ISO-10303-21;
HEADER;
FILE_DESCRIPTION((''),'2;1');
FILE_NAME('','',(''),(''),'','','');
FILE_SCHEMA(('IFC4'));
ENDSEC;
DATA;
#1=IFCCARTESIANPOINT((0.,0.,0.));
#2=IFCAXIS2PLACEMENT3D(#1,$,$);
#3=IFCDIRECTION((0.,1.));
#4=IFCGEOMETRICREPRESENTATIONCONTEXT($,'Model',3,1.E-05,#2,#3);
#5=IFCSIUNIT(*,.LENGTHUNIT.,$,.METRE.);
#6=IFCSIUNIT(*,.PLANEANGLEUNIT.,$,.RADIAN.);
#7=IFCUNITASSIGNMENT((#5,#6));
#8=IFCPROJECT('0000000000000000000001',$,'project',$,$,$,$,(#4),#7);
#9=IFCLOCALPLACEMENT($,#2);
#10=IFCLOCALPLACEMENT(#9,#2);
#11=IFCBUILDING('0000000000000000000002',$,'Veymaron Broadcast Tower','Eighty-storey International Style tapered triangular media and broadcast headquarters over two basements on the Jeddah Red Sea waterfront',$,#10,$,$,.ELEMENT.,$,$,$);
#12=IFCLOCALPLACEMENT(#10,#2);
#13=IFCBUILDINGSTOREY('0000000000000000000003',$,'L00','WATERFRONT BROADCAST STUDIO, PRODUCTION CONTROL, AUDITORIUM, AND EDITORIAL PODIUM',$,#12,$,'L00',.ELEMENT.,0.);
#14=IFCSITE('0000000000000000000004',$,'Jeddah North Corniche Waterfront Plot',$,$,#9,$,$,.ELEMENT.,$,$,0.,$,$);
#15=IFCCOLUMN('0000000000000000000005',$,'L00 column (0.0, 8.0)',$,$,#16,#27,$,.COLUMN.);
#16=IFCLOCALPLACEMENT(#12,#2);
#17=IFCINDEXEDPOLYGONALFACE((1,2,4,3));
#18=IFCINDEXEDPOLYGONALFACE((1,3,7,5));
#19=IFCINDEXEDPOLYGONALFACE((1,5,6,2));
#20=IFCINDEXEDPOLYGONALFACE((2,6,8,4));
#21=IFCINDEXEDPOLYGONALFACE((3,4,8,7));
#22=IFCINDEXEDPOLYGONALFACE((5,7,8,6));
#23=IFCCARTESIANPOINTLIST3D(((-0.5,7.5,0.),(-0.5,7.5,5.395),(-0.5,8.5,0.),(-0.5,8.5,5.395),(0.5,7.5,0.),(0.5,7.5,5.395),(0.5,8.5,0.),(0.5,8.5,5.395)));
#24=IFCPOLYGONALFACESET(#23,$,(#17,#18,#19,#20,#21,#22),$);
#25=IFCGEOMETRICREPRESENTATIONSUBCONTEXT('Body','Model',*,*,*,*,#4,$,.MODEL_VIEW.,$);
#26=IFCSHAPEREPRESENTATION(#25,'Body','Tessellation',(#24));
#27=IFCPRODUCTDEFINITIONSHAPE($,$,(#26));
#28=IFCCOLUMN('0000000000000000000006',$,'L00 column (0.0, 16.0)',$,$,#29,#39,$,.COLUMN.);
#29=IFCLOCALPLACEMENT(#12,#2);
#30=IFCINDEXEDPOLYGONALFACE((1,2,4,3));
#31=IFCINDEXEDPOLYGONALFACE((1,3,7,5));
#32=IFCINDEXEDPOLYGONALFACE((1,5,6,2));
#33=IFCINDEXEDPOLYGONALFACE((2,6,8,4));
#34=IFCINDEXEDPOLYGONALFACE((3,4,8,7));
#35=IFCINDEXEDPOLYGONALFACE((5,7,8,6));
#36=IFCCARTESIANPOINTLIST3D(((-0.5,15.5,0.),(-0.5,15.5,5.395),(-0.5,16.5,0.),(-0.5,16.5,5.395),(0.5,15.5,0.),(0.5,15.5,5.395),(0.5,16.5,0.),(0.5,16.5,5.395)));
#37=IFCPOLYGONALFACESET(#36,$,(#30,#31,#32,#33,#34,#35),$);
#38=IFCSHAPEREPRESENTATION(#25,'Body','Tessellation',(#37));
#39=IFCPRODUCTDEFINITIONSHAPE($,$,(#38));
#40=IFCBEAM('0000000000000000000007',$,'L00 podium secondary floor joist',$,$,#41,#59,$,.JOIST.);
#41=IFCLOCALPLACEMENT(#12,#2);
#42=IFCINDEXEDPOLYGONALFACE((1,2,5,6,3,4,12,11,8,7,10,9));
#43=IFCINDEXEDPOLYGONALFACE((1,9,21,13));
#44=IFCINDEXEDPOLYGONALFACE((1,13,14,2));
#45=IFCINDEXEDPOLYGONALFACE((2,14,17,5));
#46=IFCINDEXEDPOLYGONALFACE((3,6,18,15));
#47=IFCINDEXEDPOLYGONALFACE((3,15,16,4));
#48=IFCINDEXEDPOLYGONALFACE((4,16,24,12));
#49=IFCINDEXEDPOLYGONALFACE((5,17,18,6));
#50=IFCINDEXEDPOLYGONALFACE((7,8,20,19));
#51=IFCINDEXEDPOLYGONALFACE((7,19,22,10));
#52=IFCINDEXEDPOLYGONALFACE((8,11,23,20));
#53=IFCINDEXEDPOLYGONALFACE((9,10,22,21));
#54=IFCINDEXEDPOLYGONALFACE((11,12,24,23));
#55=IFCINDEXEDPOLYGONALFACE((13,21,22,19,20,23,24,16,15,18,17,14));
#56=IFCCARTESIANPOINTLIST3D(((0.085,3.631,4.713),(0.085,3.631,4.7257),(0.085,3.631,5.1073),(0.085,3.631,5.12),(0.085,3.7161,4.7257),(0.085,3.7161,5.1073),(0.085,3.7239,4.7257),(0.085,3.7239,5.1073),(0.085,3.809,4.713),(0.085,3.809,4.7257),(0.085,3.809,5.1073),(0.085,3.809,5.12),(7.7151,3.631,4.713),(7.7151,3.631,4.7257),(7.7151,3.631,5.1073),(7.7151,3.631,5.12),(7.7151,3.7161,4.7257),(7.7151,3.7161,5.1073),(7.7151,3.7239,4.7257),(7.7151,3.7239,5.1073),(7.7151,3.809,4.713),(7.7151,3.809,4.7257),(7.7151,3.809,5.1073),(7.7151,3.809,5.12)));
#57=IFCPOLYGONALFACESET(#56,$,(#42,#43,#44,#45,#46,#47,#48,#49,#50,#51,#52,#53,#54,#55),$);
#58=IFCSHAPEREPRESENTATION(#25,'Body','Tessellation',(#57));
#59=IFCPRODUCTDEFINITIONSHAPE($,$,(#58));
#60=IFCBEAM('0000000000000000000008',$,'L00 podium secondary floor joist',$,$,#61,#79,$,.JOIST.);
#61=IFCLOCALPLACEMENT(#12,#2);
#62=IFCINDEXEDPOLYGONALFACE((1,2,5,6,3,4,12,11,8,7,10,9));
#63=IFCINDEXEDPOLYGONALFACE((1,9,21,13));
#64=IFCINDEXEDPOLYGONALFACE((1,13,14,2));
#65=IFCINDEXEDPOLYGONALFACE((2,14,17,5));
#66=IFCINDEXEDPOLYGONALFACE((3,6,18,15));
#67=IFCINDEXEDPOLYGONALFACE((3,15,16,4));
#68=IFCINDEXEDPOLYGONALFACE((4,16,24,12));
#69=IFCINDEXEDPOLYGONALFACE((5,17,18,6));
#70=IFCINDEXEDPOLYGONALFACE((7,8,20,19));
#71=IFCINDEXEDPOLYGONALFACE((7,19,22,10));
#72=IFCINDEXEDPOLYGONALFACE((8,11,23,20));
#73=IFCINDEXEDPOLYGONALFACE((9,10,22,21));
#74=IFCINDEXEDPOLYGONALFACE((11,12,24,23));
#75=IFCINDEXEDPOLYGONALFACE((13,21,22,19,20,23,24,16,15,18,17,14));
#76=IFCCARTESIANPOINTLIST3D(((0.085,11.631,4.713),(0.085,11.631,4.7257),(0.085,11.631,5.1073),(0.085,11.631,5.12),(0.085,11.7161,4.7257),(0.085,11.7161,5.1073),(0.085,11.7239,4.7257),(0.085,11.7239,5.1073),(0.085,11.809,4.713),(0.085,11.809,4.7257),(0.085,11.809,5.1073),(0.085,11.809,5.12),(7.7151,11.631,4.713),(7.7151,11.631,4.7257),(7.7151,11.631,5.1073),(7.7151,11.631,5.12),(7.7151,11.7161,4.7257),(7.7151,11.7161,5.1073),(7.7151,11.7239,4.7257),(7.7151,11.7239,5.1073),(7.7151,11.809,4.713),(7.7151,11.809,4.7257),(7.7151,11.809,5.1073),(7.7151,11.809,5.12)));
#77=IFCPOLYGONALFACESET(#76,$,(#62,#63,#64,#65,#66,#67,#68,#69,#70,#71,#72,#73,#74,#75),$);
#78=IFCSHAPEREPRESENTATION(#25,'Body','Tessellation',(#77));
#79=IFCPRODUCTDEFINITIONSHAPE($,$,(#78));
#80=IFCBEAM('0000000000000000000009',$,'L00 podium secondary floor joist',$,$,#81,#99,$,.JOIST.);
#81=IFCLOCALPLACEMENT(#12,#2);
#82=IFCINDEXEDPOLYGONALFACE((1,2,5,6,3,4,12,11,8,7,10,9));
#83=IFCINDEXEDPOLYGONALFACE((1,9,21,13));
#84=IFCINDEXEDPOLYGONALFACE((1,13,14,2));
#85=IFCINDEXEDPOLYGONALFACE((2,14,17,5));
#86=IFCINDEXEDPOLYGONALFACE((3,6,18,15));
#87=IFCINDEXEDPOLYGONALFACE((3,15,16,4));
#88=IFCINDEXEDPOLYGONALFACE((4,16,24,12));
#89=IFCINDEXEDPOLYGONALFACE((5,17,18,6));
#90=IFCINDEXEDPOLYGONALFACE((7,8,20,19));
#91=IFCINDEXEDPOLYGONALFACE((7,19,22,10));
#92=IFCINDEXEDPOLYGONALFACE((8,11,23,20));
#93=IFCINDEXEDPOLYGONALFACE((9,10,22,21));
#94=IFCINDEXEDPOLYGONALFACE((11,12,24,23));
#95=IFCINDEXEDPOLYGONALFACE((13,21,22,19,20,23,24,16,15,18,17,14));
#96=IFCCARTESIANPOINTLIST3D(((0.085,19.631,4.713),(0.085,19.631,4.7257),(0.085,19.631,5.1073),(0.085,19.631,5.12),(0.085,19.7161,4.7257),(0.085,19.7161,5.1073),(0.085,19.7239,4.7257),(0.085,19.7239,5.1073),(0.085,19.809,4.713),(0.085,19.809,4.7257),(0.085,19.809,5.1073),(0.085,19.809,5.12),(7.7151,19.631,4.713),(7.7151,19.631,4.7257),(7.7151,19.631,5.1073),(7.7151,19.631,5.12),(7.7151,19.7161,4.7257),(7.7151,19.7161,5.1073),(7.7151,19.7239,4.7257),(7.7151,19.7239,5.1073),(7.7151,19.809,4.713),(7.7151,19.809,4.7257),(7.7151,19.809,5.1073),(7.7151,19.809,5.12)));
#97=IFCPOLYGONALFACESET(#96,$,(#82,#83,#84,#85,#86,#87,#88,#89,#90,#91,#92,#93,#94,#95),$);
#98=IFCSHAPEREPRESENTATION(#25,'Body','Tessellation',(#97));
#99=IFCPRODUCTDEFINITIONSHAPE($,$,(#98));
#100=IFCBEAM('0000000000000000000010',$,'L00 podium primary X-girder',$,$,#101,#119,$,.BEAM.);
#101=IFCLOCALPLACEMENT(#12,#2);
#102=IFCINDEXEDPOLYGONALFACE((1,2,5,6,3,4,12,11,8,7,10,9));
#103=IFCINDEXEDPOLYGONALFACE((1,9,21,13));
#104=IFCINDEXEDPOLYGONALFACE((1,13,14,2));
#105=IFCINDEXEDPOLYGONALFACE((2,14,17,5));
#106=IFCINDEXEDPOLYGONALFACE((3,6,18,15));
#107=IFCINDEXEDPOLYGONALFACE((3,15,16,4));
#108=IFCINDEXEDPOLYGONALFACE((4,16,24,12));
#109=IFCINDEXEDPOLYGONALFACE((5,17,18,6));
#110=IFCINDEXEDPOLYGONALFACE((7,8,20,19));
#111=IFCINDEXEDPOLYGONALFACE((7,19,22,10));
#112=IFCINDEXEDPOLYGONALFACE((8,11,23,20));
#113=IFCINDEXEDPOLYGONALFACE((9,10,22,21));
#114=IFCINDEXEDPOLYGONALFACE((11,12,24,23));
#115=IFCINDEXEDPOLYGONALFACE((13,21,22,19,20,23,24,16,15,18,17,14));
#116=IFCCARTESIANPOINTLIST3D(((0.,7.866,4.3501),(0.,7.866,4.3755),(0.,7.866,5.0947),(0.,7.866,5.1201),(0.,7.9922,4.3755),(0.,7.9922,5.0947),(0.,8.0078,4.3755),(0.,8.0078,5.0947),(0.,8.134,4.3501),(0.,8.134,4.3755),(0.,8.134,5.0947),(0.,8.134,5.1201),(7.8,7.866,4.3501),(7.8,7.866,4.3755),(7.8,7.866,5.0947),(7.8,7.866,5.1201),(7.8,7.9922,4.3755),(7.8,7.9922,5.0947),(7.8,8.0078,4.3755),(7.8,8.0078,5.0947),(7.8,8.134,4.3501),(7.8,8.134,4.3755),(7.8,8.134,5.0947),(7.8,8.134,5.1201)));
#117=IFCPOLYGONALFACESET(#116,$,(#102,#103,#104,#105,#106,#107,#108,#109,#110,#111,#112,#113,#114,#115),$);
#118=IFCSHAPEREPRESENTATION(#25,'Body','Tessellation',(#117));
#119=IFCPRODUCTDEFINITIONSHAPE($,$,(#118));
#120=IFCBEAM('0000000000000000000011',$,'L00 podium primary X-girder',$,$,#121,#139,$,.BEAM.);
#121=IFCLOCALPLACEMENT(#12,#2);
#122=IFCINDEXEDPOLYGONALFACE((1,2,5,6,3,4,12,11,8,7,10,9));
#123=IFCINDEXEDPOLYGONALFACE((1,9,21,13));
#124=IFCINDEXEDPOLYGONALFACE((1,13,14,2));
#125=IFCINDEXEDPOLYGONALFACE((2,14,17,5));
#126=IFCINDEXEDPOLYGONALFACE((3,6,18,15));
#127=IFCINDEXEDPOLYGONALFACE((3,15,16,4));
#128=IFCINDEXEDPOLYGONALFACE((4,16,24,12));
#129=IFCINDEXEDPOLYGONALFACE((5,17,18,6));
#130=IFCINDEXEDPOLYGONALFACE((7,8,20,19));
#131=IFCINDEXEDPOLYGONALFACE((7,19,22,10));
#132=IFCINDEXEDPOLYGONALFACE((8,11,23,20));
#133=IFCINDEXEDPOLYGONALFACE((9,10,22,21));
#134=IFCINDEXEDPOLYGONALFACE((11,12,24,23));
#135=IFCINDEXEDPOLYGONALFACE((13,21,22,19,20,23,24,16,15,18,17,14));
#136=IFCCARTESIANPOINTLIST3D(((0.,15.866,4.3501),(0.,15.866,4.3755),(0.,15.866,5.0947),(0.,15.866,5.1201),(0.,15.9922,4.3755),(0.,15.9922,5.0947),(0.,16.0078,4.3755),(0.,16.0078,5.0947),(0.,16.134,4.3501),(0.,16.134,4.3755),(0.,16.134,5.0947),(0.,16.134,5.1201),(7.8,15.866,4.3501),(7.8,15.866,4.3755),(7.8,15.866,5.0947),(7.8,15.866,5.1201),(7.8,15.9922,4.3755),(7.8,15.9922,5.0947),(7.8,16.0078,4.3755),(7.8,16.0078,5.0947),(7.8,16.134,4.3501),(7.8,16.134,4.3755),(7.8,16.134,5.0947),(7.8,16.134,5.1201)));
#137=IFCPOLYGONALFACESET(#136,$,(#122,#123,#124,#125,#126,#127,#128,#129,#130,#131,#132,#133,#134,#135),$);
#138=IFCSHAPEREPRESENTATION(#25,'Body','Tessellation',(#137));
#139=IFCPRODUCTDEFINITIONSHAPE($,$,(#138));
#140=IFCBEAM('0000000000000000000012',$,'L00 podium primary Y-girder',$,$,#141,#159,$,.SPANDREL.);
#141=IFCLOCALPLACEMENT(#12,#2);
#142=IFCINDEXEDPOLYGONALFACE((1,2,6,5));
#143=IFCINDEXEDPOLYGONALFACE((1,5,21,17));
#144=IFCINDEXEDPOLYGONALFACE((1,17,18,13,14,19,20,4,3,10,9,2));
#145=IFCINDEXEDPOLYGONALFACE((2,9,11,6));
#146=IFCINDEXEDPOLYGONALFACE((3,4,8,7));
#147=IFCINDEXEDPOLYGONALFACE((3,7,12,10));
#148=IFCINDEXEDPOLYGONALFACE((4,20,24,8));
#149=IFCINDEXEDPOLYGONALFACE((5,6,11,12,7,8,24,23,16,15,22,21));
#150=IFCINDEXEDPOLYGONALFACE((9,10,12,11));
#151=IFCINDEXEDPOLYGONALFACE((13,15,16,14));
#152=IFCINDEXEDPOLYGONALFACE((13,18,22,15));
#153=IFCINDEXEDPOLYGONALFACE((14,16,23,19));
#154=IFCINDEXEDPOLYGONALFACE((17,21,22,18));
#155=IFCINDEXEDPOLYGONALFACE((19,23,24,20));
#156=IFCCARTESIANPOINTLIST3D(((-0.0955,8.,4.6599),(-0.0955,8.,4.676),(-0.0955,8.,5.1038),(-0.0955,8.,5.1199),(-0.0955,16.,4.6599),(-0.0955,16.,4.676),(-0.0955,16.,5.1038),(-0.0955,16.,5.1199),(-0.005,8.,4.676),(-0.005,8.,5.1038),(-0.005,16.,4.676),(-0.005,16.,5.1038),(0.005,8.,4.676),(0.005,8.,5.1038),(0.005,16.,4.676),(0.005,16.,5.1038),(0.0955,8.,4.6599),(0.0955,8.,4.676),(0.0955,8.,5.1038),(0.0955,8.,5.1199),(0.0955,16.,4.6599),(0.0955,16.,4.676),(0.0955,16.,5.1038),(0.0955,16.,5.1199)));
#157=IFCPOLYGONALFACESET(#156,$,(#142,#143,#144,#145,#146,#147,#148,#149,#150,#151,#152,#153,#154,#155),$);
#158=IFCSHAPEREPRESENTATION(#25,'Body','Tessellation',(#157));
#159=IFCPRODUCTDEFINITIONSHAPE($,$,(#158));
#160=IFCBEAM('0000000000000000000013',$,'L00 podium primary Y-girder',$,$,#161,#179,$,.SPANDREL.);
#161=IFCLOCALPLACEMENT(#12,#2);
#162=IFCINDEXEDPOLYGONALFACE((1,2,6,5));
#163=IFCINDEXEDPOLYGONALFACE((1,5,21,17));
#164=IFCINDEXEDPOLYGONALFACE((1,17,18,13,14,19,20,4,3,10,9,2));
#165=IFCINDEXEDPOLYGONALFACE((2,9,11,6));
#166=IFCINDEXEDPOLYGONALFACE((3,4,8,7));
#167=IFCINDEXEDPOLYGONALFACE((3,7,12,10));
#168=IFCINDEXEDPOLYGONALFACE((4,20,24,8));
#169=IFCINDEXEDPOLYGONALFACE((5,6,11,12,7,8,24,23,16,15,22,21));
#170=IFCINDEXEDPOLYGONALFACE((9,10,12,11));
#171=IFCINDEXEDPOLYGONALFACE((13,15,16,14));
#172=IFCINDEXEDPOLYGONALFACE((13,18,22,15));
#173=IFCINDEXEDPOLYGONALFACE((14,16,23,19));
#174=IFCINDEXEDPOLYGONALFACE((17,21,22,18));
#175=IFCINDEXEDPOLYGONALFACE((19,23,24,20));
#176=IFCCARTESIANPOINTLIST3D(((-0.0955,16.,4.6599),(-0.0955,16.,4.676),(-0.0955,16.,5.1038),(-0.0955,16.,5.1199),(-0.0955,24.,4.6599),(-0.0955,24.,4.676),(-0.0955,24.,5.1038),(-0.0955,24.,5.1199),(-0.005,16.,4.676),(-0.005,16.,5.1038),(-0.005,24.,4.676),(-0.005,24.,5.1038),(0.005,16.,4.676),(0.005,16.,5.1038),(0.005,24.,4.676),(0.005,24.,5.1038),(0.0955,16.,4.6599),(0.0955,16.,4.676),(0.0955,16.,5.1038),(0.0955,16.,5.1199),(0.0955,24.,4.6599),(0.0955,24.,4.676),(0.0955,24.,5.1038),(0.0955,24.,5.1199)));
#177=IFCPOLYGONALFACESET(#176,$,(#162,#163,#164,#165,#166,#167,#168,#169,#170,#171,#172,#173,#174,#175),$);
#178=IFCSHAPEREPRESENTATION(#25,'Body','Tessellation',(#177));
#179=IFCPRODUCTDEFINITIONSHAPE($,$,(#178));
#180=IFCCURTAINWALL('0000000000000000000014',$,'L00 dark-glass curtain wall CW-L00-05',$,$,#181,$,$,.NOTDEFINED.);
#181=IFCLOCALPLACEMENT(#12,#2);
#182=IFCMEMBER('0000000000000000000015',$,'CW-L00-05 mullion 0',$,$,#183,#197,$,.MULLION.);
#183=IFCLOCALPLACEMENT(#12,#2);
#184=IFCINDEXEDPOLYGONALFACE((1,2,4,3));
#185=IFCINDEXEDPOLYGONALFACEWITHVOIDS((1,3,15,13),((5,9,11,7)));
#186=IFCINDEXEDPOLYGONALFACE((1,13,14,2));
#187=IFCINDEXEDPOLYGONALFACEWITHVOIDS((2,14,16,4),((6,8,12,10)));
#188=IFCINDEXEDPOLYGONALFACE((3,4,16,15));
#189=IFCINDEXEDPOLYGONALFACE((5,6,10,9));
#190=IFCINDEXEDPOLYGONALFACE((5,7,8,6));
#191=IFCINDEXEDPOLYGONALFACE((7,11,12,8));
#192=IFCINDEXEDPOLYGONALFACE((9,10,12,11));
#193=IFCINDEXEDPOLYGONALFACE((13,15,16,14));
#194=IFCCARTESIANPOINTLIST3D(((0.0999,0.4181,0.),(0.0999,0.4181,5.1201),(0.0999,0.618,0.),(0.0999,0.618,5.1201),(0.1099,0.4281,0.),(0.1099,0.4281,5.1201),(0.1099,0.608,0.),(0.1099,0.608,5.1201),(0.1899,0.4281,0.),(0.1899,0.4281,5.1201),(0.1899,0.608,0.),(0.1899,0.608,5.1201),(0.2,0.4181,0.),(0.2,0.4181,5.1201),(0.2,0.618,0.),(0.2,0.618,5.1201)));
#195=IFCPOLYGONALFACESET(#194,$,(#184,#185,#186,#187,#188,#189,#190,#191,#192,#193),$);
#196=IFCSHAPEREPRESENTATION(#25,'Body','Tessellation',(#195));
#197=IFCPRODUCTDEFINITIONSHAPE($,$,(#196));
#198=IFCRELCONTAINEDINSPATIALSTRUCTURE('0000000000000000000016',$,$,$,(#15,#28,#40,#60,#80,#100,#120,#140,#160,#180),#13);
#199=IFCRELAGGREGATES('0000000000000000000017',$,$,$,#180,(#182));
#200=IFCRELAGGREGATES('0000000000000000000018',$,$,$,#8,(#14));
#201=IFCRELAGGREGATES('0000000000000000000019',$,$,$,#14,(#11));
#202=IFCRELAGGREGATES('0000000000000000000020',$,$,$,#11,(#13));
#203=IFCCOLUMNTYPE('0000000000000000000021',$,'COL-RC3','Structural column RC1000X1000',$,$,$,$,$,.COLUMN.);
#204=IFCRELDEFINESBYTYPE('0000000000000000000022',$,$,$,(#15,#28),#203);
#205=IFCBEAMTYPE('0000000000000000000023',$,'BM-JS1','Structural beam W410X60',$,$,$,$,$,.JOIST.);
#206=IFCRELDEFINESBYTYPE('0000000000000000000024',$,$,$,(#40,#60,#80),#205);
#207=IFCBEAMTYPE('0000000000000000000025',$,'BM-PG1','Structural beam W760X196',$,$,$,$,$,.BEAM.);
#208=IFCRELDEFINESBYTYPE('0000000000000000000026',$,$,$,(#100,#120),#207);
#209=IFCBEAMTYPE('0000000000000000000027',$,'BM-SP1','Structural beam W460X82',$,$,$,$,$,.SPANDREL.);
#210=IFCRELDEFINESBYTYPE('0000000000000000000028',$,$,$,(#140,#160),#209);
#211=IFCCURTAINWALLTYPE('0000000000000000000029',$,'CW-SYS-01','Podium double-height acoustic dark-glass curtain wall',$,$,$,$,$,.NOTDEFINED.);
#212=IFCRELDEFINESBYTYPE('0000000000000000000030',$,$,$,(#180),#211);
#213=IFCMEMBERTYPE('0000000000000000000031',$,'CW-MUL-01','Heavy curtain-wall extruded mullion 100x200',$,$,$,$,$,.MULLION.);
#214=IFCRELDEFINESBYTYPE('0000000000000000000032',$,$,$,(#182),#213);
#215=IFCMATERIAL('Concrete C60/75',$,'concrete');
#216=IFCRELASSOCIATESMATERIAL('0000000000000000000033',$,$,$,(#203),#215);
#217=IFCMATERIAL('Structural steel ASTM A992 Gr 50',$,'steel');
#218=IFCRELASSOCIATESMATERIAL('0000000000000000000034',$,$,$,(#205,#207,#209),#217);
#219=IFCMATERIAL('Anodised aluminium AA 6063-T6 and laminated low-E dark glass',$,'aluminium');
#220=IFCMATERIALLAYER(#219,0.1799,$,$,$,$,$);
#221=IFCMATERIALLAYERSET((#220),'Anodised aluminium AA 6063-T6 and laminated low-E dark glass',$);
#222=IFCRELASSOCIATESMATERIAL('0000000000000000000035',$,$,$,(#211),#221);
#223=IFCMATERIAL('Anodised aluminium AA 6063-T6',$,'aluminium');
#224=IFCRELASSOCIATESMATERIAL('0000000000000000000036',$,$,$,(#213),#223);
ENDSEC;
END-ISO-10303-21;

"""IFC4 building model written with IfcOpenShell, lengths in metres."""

from ifc_helpers import new_model, si_unit, direction, frame, origin, origin_2d, place, context, subcontext, project, spatial, rectangle, hollow_rectangle, i_section, extrude, material, layer, layer_set, material_profile, profile_set, type_object, element, aggregate, save


model = new_model("IFC4")

# Units and contexts
model_context = context("Model", 3, precision=1e-05, world=origin(), true_north=direction((0.0, 1.0)))
body_context = subcontext(model_context, "Body", "Model", "MODEL_VIEW")
ifc_project = project(units=[si_unit("LENGTHUNIT", "METRE"), si_unit("PLANEANGLEUNIT", "RADIAN")], contexts=[model_context])

# Site, building, storey
site_placement = place(None, origin())
site = spatial("IfcSite", under=ifc_project, at=site_placement, Name="Jeddah North Corniche Waterfront Plot", CompositionType="ELEMENT", RefElevation=0.0)
building_placement = place(site_placement, origin())
building = spatial("IfcBuilding", under=site, at=building_placement, Name="Veymaron Broadcast Tower", Description="Eighty-storey International Style tapered triangular media and broadcast headquarters over two basements on the Jeddah Red Sea waterfront", CompositionType="ELEMENT")
storey_placement = place(building_placement, origin())
storey = spatial("IfcBuildingStorey", under=building, at=storey_placement, Name="L00", Description="WATERFRONT BROADCAST STUDIO, PRODUCTION CONTROL, AUDITORIUM, AND EDITORIAL PODIUM", LongName="L00", CompositionType="ELEMENT", Elevation=0.0)

# Columns
ifc_material_1 = material(Name="Concrete C60/75", Category="concrete")
ifc_material_profile_1 = material_profile(ifc_material_1, rectangle(XDim=1.0, YDim=1.0, at=origin_2d()), Name="RC1000X1000")
ifc_profile_set_1 = profile_set([ifc_material_profile_1], Name="Concrete C60/75")
column_type = type_object("IfcColumnType", Name="COL-RC3", Description="Structural column RC1000X1000", PredefinedType="COLUMN", material=ifc_profile_set_1)
for number, where, z_axis, x_axis, name in (
    (1, (0.0, 8.0, 0.0), (0.0, 0.0, 1.0), (1.0, 0.0, 0.0), "L00 column (0.0, 8.0)"),
    (2, (0.0, 16.0, 0.0), (0.0, 0.0, 1.0), (1.0, 0.0, 0.0), "L00 column (0.0, 16.0)"),
):
    element("IfcColumn", number, at=place(storey_placement, frame(where, z_axis=z_axis, x_axis=x_axis)), inside=storey, type_object=column_type, Name=name, PredefinedType="COLUMN", context=body_context, shape_type="SweptSolid", body=[
        extrude(rectangle(XDim=1.0, YDim=1.0, at=origin_2d()), origin(), (0.0, 0.0, 1.0), 5.395),
    ])

# Beams
ifc_material_2 = material(Name="Structural steel ASTM A992 Gr 50", Category="steel")
ifc_material_profile_2 = material_profile(ifc_material_2, i_section(OverallWidth=0.178, OverallDepth=0.407, WebThickness=0.0078, FlangeThickness=0.0127, at=origin_2d()), Name="W410X60")
ifc_profile_set_2 = profile_set([ifc_material_profile_2], Name="Structural steel ASTM A992 Gr 50")
beam_type_1 = type_object("IfcBeamType", Name="BM-JS1", Description="Structural beam W410X60", PredefinedType="JOIST", material=ifc_profile_set_2)
for number, where, z_axis, x_axis, name in (
    (3, (0.085, 3.72, 4.9165), (1.0, 0.0, 0.0), (0.0, 1.0, 0.0), "L00 podium secondary floor joist"),
    (4, (0.085, 11.72, 4.9165), (1.0, 0.0, 0.0), (0.0, 1.0, 0.0), "L00 podium secondary floor joist"),
    (5, (0.085, 19.72, 4.9165), (1.0, 0.0, 0.0), (0.0, 1.0, 0.0), "L00 podium secondary floor joist"),
):
    element("IfcBeam", number, at=place(storey_placement, frame(where, z_axis=z_axis, x_axis=x_axis)), inside=storey, type_object=beam_type_1, Name=name, PredefinedType="JOIST", context=body_context, shape_type="SweptSolid", body=[
        extrude(i_section(OverallWidth=0.178, OverallDepth=0.407, WebThickness=0.0078, FlangeThickness=0.0127, at=origin_2d()), origin(), (0.0, 0.0, 1.0), 7.6301),
    ])
ifc_material_profile_3 = material_profile(ifc_material_2, i_section(OverallWidth=0.2681, OverallDepth=0.77, WebThickness=0.0156, FlangeThickness=0.0254, at=origin_2d()), Name="W760X196")
ifc_profile_set_3 = profile_set([ifc_material_profile_3], Name="Structural steel ASTM A992 Gr 50")
beam_type_2 = type_object("IfcBeamType", Name="BM-PG1", Description="Structural beam W760X196", PredefinedType="BEAM", material=ifc_profile_set_3)
for number, where, z_axis, x_axis, name in (
    (6, (0.0, 8.0, 4.7351), (1.0, 0.0, 0.0), (0.0, 1.0, 0.0), "L00 podium primary X-girder"),
    (7, (0.0, 16.0, 4.7351), (1.0, 0.0, 0.0), (0.0, 1.0, 0.0), "L00 podium primary X-girder"),
):
    element("IfcBeam", number, at=place(storey_placement, frame(where, z_axis=z_axis, x_axis=x_axis)), inside=storey, type_object=beam_type_2, Name=name, PredefinedType="BEAM", context=body_context, shape_type="SweptSolid", body=[
        extrude(i_section(OverallWidth=0.2681, OverallDepth=0.77, WebThickness=0.0156, FlangeThickness=0.0254, at=origin_2d()), origin(), (0.0, 0.0, 1.0), 7.8),
    ])
ifc_material_profile_4 = material_profile(ifc_material_2, i_section(OverallWidth=0.1909, OverallDepth=0.46, WebThickness=0.01, FlangeThickness=0.0161, at=origin_2d()), Name="W460X82")
ifc_profile_set_4 = profile_set([ifc_material_profile_4], Name="Structural steel ASTM A992 Gr 50")
beam_type_3 = type_object("IfcBeamType", Name="BM-SP1", Description="Structural beam W460X82", PredefinedType="SPANDREL", material=ifc_profile_set_4)
for number, where, z_axis, x_axis, name in (
    (8, (0.0, 8.0, 4.8899), (0.0, 1.0, 0.0), (-1.0, 0.0, 0.0), "L00 podium primary Y-girder"),
    (9, (0.0, 16.0, 4.8899), (0.0, 1.0, 0.0), (-1.0, 0.0, 0.0), "L00 podium primary Y-girder"),
):
    element("IfcBeam", number, at=place(storey_placement, frame(where, z_axis=z_axis, x_axis=x_axis)), inside=storey, type_object=beam_type_3, Name=name, PredefinedType="SPANDREL", context=body_context, shape_type="SweptSolid", body=[
        extrude(i_section(OverallWidth=0.1909, OverallDepth=0.46, WebThickness=0.01, FlangeThickness=0.0161, at=origin_2d()), origin(), (0.0, 0.0, 1.0), 8.0),
    ])

# Curtain wall, member
ifc_material_3 = material(Name="Anodised aluminium AA 6063-T6 and laminated low-E dark glass", Category="aluminium")
ifc_layer_1 = layer(ifc_material_3, 0.1799)
ifc_layer_set_1 = layer_set([ifc_layer_1], Name="Anodised aluminium AA 6063-T6 and laminated low-E dark glass")
curtain_wall_type = type_object("IfcCurtainWallType", Name="CW-SYS-01", Description="Podium double-height acoustic dark-glass curtain wall", PredefinedType="NOTDEFINED", material=ifc_layer_set_1)
curtain_wall_1_placement = place(storey_placement, origin())
curtain_wall_1 = element("IfcCurtainWall", 10, at=curtain_wall_1_placement, inside=storey, type_object=curtain_wall_type, Name="L00 dark-glass curtain wall CW-L00-05", PredefinedType="NOTDEFINED")
ifc_material_4 = material(Name="Anodised aluminium AA 6063-T6", Category="aluminium")
ifc_material_profile_5 = material_profile(ifc_material_4, hollow_rectangle(XDim=0.1001, YDim=0.2, WallThickness=0.01, at=origin_2d()), Name="RHS200X100X10")
ifc_profile_set_5 = profile_set([ifc_material_profile_5], Name="Anodised aluminium AA 6063-T6")
member_type_1 = type_object("IfcMemberType", Name="CW-MUL-01", Description="Heavy curtain-wall extruded mullion 100x200", PredefinedType="MULLION", material=ifc_profile_set_5)
member_1_placement = place(storey_placement, frame((0.1499, 0.5181, 0.0), z_axis=(0.0, 0.0, 1.0), x_axis=(1.0, 0.0, 0.0)))
member_1 = element("IfcMember", 11, at=member_1_placement, type_object=member_type_1, Name="CW-L00-05 mullion 0", PredefinedType="MULLION", context=body_context, shape_type="SweptSolid", body=[
    extrude(hollow_rectangle(XDim=0.1001, YDim=0.2, WallThickness=0.01, at=origin_2d()), origin(), (0.0, 0.0, 1.0), 5.1201),
])

aggregate(curtain_wall_1, [member_1])

save(model, "model.ifc")
